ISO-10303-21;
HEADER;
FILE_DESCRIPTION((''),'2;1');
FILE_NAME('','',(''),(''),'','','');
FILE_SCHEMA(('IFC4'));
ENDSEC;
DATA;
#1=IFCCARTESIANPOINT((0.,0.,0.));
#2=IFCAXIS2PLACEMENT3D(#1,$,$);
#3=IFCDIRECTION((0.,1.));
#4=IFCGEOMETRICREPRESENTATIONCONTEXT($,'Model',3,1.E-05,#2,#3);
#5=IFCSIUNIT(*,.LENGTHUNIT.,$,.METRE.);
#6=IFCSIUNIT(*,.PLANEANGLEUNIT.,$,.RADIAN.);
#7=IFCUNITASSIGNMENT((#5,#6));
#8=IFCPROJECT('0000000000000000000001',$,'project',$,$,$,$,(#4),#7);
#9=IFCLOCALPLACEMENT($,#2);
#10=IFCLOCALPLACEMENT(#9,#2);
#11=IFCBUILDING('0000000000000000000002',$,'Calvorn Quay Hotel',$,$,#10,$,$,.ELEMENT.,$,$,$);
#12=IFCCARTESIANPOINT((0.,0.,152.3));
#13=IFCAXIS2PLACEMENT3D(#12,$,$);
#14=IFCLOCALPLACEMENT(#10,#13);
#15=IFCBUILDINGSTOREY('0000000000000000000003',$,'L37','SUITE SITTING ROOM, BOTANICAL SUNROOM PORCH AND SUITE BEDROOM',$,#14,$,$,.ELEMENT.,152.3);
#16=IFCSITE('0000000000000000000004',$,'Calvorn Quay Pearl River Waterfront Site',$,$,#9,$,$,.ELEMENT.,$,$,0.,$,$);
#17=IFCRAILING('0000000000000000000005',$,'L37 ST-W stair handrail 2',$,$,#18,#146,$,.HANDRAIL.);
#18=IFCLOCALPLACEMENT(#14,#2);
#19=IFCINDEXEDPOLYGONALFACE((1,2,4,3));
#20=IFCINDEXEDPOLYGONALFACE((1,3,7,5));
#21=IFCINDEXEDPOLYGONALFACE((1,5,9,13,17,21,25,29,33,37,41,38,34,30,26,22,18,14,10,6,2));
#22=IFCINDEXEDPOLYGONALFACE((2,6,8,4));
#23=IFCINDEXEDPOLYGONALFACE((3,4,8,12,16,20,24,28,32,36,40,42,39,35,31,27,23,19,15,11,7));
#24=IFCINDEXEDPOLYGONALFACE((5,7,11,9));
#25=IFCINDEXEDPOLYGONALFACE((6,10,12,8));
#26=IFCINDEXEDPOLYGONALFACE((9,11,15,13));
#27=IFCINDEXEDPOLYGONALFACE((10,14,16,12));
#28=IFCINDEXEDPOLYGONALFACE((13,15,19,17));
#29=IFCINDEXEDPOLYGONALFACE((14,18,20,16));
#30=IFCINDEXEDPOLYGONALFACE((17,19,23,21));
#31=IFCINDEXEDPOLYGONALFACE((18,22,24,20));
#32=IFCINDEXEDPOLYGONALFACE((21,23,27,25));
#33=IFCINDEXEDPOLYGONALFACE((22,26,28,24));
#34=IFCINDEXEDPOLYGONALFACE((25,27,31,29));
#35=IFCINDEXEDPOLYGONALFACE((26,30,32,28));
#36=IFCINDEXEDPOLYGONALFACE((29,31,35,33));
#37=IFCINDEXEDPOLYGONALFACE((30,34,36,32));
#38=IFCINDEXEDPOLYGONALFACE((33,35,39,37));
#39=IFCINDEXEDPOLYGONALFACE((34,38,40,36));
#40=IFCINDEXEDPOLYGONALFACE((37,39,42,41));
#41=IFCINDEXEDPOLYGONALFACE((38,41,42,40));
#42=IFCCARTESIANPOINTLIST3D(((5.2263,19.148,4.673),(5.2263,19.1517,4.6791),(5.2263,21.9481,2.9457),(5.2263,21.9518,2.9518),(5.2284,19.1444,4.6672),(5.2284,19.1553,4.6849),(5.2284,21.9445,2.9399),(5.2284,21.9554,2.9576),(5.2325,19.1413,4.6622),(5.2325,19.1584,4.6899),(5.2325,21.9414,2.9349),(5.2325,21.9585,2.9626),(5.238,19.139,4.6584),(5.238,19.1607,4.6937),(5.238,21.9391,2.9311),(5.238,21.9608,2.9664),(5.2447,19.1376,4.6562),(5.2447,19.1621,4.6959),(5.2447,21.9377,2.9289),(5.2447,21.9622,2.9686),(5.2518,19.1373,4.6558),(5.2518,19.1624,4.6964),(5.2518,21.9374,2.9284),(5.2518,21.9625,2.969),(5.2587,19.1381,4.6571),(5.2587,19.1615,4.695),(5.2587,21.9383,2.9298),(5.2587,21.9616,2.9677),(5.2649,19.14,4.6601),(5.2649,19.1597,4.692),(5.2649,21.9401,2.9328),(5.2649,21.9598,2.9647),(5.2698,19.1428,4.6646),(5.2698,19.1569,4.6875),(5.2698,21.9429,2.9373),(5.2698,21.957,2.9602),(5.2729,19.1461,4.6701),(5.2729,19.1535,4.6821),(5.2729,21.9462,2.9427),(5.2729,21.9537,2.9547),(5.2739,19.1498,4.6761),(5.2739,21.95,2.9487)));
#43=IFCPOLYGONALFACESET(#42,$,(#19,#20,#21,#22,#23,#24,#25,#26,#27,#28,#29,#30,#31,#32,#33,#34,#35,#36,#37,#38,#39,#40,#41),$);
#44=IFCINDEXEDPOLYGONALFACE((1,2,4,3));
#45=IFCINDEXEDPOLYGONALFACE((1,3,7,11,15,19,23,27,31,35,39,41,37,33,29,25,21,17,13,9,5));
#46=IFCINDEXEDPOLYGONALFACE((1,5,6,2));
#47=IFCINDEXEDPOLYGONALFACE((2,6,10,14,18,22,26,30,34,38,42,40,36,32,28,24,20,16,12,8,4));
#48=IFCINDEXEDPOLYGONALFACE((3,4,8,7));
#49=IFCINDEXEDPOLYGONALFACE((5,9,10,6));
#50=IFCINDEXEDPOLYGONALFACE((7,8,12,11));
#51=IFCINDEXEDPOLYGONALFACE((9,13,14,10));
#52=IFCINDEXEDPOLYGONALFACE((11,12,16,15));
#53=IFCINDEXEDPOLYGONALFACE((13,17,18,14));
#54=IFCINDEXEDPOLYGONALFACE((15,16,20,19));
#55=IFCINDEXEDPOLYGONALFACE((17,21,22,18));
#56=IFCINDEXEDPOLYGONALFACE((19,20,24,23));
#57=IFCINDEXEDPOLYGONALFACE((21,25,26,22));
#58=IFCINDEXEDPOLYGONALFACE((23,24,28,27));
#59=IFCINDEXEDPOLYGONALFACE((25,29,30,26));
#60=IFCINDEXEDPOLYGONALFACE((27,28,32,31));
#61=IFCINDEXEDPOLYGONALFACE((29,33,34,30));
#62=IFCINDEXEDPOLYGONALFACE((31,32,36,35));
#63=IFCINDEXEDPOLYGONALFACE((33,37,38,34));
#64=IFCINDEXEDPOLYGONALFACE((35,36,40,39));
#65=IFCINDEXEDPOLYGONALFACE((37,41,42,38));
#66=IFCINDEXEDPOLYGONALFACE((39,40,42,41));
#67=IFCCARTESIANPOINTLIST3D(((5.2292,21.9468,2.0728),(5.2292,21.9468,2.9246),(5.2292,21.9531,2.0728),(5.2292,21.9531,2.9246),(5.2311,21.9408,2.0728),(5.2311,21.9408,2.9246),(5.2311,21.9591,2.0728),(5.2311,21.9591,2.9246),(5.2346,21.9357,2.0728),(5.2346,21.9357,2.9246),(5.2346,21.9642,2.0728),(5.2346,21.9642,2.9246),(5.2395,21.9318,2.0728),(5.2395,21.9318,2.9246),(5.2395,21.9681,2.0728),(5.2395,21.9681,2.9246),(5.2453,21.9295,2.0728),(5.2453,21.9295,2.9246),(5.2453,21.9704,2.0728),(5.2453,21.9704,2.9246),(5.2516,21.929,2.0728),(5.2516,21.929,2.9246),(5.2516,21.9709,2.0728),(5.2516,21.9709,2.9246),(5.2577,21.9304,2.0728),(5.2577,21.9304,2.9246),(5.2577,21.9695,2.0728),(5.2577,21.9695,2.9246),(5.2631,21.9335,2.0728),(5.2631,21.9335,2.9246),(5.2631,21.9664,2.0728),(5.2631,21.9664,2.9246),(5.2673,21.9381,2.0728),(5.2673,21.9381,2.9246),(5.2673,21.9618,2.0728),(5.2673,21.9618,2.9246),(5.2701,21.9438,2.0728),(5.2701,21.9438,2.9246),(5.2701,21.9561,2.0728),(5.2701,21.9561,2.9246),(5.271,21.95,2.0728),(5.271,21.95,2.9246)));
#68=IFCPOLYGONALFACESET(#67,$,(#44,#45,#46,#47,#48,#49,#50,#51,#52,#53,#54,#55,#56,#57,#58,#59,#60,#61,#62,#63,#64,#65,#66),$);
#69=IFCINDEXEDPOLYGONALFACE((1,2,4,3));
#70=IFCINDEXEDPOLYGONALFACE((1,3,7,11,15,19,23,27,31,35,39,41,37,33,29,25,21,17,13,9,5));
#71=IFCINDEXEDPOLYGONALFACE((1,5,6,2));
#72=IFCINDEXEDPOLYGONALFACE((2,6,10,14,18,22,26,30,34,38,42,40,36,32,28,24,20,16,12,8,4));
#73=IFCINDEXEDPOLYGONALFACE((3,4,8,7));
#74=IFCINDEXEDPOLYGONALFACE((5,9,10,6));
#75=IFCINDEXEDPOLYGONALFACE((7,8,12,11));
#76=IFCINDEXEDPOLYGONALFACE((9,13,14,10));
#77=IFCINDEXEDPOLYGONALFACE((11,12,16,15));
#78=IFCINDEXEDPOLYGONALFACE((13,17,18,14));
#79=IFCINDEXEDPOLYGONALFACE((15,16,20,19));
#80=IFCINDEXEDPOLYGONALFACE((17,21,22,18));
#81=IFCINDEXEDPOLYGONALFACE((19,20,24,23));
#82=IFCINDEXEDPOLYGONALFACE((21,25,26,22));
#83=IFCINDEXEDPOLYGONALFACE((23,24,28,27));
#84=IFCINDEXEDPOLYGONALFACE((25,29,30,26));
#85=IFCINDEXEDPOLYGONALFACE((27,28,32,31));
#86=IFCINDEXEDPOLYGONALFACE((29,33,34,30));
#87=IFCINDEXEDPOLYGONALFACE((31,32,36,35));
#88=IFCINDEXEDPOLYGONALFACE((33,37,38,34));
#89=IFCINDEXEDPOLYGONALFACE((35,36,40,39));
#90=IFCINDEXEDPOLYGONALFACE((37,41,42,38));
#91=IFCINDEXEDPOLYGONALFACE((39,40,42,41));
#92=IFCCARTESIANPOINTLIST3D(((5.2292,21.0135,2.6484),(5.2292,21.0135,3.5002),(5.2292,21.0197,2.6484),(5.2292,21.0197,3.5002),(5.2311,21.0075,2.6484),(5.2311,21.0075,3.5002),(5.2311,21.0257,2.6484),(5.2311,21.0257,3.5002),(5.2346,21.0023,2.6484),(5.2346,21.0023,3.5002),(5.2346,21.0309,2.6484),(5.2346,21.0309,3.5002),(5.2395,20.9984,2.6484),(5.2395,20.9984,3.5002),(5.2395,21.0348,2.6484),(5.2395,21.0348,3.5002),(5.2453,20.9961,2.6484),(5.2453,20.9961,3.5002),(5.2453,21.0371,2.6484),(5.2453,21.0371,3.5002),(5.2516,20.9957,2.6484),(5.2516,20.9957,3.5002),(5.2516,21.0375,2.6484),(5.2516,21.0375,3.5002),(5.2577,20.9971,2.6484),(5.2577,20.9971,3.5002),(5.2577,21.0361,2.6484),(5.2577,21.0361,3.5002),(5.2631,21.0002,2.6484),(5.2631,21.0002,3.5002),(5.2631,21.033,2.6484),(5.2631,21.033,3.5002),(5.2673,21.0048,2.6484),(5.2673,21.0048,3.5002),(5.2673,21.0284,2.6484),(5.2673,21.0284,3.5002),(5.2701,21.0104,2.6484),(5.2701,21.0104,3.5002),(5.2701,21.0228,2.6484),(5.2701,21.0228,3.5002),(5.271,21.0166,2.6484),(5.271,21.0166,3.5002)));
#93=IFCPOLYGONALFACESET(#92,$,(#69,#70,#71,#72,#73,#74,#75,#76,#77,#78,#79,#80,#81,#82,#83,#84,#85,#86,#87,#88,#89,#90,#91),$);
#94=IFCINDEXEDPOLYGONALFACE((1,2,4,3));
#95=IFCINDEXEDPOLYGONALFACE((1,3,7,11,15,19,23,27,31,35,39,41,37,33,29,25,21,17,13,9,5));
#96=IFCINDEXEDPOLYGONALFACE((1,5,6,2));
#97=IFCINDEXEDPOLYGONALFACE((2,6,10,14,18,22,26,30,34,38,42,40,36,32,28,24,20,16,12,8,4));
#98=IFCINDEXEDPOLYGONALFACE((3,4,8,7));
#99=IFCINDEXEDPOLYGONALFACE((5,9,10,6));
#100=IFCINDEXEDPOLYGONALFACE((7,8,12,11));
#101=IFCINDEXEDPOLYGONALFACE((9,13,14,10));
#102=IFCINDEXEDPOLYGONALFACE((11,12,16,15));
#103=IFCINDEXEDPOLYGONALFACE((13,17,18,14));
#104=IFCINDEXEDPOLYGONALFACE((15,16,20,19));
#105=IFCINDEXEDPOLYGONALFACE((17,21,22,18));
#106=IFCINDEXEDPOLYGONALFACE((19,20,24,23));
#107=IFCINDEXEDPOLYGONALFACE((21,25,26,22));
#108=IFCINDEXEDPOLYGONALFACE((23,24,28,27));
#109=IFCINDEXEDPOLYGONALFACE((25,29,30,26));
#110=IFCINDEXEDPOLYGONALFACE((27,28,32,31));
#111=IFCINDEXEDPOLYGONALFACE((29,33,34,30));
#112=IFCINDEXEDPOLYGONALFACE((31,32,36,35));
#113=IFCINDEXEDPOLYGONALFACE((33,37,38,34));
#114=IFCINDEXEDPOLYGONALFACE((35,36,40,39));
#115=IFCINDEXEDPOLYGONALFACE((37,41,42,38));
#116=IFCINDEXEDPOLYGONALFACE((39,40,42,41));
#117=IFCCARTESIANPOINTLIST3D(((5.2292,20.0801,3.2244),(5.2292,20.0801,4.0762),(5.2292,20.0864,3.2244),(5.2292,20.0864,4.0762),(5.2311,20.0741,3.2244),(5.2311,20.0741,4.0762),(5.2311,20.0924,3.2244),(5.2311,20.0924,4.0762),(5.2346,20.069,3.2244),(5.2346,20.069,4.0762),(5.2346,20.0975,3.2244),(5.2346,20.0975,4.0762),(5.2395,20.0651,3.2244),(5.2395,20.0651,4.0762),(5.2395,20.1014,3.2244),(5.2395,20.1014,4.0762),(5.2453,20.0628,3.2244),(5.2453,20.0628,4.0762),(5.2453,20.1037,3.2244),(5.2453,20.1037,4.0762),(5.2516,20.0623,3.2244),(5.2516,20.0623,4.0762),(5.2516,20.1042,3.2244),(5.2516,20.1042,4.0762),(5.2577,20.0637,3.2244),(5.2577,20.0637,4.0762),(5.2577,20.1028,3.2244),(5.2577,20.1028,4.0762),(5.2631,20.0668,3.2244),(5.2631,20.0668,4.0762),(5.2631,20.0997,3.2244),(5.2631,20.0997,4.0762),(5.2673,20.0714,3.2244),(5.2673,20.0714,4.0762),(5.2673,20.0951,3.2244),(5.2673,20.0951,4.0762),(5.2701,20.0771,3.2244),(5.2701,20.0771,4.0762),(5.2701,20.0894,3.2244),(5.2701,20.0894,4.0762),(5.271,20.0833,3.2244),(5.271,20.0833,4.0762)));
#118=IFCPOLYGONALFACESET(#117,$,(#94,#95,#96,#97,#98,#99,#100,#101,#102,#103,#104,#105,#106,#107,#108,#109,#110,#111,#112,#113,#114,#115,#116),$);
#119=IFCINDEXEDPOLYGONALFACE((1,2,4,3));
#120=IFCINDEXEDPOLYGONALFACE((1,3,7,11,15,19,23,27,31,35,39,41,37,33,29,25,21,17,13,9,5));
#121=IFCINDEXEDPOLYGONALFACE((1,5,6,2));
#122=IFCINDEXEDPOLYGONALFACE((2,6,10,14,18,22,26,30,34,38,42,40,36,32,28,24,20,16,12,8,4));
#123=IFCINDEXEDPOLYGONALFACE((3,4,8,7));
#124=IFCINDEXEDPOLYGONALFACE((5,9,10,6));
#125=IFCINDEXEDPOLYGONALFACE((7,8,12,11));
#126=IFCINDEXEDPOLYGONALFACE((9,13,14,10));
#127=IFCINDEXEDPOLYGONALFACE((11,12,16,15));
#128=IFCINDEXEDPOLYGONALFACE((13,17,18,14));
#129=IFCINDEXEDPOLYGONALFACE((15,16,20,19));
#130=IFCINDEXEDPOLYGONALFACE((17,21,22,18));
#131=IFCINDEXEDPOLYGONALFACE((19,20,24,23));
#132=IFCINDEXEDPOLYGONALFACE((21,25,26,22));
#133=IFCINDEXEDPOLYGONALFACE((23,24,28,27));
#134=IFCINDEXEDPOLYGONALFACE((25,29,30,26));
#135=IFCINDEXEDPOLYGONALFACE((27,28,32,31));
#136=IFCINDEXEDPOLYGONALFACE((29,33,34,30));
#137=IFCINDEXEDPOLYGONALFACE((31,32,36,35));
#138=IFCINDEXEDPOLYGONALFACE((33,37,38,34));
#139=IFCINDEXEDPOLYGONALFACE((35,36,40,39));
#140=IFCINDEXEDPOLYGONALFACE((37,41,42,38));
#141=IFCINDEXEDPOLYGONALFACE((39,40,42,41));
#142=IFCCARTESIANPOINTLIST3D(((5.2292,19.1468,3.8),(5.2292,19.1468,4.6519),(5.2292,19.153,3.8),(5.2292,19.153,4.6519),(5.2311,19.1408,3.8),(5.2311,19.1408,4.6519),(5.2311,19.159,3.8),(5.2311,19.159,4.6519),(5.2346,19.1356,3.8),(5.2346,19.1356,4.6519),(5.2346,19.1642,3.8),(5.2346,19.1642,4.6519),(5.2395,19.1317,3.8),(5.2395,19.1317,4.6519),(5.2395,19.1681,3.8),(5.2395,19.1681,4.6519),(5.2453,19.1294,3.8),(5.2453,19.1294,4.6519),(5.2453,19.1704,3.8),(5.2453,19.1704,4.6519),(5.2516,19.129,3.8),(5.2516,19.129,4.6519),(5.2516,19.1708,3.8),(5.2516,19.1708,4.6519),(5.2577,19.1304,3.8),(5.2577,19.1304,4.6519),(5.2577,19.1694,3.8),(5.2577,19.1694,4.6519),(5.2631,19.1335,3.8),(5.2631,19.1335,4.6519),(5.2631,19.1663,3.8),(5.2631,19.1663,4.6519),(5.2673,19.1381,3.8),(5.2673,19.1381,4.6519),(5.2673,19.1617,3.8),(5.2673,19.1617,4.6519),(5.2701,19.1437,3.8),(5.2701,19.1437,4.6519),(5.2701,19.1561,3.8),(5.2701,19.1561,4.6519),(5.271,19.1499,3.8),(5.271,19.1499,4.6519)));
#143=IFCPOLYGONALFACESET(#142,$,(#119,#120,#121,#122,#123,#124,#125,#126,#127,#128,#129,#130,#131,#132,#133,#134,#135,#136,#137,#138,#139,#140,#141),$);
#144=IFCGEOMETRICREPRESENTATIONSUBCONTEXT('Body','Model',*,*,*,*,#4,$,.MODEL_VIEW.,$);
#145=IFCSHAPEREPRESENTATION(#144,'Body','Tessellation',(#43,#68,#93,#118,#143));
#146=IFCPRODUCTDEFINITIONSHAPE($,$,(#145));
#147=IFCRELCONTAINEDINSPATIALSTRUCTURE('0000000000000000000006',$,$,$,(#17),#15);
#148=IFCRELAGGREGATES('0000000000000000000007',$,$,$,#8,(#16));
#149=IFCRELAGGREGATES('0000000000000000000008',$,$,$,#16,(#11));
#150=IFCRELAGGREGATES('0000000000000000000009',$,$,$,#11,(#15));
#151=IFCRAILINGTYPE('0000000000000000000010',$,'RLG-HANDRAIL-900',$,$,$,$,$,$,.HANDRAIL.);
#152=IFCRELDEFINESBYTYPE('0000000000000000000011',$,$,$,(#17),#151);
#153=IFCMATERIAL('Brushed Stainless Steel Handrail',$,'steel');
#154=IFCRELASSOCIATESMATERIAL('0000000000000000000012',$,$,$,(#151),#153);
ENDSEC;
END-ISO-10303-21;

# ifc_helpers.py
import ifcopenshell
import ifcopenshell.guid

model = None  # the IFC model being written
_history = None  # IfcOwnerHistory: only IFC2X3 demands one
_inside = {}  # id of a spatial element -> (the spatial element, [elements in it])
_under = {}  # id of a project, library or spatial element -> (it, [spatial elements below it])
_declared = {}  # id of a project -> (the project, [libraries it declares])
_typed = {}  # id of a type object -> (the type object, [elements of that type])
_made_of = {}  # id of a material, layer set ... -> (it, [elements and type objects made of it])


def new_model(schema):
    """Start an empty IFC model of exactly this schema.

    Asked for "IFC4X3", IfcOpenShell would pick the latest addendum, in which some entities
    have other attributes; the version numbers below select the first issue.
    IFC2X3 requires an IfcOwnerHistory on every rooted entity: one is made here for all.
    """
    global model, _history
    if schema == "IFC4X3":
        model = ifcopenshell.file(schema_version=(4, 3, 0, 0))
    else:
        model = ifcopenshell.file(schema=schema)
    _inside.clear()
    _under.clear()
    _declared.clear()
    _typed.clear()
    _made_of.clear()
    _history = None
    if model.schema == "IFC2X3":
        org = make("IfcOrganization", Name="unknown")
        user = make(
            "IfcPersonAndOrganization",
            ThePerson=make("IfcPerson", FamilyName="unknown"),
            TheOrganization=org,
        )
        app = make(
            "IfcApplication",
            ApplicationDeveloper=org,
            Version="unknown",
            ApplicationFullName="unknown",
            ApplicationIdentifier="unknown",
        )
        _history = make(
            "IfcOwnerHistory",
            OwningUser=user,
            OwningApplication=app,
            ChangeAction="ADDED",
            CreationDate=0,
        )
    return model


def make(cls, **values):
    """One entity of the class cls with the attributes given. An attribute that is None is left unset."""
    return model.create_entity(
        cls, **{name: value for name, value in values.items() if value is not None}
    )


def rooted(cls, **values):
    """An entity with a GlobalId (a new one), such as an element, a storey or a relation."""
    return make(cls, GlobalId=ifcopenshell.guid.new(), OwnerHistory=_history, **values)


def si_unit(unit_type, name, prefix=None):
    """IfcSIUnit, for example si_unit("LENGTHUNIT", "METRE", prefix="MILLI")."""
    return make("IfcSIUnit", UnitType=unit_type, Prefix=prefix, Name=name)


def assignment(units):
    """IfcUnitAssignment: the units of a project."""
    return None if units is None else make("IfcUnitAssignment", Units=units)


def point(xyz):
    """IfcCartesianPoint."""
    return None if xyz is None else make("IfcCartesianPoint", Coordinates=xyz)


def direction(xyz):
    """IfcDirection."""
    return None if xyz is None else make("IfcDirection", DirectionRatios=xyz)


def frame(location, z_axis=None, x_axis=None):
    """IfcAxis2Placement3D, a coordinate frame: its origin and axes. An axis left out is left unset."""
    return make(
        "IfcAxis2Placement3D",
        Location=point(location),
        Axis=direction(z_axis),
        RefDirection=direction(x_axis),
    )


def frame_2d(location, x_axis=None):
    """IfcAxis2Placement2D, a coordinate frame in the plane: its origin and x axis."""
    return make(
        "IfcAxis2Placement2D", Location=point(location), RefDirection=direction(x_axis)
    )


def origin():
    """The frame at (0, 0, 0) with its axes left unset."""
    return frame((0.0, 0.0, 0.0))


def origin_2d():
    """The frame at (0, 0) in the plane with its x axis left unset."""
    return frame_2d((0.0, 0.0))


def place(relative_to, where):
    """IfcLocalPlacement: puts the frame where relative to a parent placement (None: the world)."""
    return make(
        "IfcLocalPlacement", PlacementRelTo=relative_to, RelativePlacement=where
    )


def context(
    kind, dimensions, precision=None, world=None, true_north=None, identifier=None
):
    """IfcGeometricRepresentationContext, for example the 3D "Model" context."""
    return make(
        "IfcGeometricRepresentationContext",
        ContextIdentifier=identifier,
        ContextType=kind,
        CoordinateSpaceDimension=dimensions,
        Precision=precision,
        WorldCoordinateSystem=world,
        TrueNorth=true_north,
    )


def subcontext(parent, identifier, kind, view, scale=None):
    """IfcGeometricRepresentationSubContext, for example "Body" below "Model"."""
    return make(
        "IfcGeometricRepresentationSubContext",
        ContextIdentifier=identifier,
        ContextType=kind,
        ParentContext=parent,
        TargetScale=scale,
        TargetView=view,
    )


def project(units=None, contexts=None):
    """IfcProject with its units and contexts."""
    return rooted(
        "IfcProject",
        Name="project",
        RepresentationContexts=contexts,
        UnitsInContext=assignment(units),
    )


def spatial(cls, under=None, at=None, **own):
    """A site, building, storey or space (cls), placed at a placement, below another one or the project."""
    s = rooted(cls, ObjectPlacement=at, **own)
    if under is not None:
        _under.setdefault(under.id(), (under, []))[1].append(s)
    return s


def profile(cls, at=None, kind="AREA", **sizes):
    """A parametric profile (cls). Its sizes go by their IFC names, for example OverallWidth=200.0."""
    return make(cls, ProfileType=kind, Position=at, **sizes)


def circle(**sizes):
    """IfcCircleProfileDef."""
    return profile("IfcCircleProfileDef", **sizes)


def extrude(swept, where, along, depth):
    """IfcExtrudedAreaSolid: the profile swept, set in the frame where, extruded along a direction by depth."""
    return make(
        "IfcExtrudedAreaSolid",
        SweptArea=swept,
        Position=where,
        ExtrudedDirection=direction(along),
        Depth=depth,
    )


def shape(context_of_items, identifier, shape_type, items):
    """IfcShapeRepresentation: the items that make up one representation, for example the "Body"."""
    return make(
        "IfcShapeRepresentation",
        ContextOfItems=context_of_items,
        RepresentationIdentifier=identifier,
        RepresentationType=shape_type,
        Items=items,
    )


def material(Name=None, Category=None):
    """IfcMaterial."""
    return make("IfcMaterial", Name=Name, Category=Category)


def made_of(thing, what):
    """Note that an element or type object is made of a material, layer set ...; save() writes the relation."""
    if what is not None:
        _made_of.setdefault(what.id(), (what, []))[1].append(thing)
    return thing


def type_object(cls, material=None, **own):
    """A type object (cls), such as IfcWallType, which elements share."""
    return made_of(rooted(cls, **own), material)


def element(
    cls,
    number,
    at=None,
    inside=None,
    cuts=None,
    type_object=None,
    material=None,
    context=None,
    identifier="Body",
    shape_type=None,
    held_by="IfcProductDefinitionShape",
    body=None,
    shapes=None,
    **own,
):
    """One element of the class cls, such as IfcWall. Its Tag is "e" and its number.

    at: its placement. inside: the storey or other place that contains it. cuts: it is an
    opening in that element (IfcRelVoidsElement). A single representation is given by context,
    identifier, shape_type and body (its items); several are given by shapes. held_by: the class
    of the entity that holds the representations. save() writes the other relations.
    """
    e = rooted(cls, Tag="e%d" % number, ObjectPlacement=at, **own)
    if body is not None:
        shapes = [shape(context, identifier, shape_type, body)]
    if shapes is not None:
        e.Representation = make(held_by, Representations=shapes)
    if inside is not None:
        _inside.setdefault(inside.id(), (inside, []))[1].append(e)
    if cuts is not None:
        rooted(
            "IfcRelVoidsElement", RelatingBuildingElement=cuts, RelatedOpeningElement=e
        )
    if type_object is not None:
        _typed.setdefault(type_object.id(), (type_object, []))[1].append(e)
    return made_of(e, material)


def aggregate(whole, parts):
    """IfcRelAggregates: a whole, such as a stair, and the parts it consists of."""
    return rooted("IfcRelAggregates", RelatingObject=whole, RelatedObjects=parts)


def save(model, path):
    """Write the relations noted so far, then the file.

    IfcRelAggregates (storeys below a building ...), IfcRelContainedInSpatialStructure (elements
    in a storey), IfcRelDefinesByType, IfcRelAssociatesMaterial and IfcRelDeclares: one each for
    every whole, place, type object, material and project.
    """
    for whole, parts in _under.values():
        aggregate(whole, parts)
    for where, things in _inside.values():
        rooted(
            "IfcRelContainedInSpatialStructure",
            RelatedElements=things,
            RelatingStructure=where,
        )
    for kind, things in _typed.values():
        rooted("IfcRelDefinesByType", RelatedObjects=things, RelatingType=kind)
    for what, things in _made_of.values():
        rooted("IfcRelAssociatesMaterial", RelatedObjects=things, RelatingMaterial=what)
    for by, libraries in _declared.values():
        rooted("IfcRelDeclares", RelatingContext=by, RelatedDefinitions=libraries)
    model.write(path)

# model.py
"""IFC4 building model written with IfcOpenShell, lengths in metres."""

from ifc_helpers import new_model, si_unit, direction, frame, origin, origin_2d, place, context, subcontext, project, spatial, circle, extrude, material, type_object, element, save


model = new_model("IFC4")

# Units and contexts
model_context = context("Model", 3, precision=1e-05, world=origin(), true_north=direction((0.0, 1.0)))
body_context = subcontext(model_context, "Body", "Model", "MODEL_VIEW")
ifc_project = project(units=[si_unit("LENGTHUNIT", "METRE"), si_unit("PLANEANGLEUNIT", "RADIAN")], contexts=[model_context])

# Site, building, storey
site_placement = place(None, origin())
site = spatial("IfcSite", under=ifc_project, at=site_placement, Name="Calvorn Quay Pearl River Waterfront Site", CompositionType="ELEMENT", RefElevation=0.0)
building_placement = place(site_placement, origin())
building = spatial("IfcBuilding", under=site, at=building_placement, Name="Calvorn Quay Hotel", CompositionType="ELEMENT")
storey_placement = place(building_placement, frame((0.0, 0.0, 152.3)))
storey = spatial("IfcBuildingStorey", under=building, at=storey_placement, Name="L37", Description="SUITE SITTING ROOM, BOTANICAL SUNROOM PORCH AND SUITE BEDROOM", CompositionType="ELEMENT", Elevation=152.3)

# Railing
ifc_material_1 = material(Name="Brushed Stainless Steel Handrail", Category="steel")
railing_type_1 = type_object("IfcRailingType", Name="RLG-HANDRAIL-900", PredefinedType="HANDRAIL", material=ifc_material_1)
railing_1_placement = place(storey_placement, frame((5.25, 21.95, 2.0728)))
element("IfcRailing", 1, at=railing_1_placement, inside=storey, type_object=railing_type_1, Name="L37 ST-W stair handrail 2", PredefinedType="HANDRAIL", context=body_context, shape_type="SweptSolid", body=[
    extrude(circle(Radius=0.0239, at=origin_2d()), frame((0.0, 0.0, 0.876), z_axis=(0.0, -0.85109, 0.52502), x_axis=(1.0, 0.0, 0.0)), (0.0, 0.0, 1.0), 3.29),
    extrude(circle(Radius=0.021, at=origin_2d()), origin(), (0.0, 0.0, 1.0), 0.8518),
    extrude(circle(Radius=0.021, at=origin_2d()), frame((0.0, -0.9333, 0.5757)), (0.0, 0.0, 1.0), 0.8518),
    extrude(circle(Radius=0.021, at=origin_2d()), frame((0.0, -1.8667, 1.1516)), (0.0, 0.0, 1.0), 0.8518),
    extrude(circle(Radius=0.021, at=origin_2d()), frame((0.0, -2.8, 1.7273)), (0.0, 0.0, 1.0), 0.8518),
])

save(model, "model.ifc")
